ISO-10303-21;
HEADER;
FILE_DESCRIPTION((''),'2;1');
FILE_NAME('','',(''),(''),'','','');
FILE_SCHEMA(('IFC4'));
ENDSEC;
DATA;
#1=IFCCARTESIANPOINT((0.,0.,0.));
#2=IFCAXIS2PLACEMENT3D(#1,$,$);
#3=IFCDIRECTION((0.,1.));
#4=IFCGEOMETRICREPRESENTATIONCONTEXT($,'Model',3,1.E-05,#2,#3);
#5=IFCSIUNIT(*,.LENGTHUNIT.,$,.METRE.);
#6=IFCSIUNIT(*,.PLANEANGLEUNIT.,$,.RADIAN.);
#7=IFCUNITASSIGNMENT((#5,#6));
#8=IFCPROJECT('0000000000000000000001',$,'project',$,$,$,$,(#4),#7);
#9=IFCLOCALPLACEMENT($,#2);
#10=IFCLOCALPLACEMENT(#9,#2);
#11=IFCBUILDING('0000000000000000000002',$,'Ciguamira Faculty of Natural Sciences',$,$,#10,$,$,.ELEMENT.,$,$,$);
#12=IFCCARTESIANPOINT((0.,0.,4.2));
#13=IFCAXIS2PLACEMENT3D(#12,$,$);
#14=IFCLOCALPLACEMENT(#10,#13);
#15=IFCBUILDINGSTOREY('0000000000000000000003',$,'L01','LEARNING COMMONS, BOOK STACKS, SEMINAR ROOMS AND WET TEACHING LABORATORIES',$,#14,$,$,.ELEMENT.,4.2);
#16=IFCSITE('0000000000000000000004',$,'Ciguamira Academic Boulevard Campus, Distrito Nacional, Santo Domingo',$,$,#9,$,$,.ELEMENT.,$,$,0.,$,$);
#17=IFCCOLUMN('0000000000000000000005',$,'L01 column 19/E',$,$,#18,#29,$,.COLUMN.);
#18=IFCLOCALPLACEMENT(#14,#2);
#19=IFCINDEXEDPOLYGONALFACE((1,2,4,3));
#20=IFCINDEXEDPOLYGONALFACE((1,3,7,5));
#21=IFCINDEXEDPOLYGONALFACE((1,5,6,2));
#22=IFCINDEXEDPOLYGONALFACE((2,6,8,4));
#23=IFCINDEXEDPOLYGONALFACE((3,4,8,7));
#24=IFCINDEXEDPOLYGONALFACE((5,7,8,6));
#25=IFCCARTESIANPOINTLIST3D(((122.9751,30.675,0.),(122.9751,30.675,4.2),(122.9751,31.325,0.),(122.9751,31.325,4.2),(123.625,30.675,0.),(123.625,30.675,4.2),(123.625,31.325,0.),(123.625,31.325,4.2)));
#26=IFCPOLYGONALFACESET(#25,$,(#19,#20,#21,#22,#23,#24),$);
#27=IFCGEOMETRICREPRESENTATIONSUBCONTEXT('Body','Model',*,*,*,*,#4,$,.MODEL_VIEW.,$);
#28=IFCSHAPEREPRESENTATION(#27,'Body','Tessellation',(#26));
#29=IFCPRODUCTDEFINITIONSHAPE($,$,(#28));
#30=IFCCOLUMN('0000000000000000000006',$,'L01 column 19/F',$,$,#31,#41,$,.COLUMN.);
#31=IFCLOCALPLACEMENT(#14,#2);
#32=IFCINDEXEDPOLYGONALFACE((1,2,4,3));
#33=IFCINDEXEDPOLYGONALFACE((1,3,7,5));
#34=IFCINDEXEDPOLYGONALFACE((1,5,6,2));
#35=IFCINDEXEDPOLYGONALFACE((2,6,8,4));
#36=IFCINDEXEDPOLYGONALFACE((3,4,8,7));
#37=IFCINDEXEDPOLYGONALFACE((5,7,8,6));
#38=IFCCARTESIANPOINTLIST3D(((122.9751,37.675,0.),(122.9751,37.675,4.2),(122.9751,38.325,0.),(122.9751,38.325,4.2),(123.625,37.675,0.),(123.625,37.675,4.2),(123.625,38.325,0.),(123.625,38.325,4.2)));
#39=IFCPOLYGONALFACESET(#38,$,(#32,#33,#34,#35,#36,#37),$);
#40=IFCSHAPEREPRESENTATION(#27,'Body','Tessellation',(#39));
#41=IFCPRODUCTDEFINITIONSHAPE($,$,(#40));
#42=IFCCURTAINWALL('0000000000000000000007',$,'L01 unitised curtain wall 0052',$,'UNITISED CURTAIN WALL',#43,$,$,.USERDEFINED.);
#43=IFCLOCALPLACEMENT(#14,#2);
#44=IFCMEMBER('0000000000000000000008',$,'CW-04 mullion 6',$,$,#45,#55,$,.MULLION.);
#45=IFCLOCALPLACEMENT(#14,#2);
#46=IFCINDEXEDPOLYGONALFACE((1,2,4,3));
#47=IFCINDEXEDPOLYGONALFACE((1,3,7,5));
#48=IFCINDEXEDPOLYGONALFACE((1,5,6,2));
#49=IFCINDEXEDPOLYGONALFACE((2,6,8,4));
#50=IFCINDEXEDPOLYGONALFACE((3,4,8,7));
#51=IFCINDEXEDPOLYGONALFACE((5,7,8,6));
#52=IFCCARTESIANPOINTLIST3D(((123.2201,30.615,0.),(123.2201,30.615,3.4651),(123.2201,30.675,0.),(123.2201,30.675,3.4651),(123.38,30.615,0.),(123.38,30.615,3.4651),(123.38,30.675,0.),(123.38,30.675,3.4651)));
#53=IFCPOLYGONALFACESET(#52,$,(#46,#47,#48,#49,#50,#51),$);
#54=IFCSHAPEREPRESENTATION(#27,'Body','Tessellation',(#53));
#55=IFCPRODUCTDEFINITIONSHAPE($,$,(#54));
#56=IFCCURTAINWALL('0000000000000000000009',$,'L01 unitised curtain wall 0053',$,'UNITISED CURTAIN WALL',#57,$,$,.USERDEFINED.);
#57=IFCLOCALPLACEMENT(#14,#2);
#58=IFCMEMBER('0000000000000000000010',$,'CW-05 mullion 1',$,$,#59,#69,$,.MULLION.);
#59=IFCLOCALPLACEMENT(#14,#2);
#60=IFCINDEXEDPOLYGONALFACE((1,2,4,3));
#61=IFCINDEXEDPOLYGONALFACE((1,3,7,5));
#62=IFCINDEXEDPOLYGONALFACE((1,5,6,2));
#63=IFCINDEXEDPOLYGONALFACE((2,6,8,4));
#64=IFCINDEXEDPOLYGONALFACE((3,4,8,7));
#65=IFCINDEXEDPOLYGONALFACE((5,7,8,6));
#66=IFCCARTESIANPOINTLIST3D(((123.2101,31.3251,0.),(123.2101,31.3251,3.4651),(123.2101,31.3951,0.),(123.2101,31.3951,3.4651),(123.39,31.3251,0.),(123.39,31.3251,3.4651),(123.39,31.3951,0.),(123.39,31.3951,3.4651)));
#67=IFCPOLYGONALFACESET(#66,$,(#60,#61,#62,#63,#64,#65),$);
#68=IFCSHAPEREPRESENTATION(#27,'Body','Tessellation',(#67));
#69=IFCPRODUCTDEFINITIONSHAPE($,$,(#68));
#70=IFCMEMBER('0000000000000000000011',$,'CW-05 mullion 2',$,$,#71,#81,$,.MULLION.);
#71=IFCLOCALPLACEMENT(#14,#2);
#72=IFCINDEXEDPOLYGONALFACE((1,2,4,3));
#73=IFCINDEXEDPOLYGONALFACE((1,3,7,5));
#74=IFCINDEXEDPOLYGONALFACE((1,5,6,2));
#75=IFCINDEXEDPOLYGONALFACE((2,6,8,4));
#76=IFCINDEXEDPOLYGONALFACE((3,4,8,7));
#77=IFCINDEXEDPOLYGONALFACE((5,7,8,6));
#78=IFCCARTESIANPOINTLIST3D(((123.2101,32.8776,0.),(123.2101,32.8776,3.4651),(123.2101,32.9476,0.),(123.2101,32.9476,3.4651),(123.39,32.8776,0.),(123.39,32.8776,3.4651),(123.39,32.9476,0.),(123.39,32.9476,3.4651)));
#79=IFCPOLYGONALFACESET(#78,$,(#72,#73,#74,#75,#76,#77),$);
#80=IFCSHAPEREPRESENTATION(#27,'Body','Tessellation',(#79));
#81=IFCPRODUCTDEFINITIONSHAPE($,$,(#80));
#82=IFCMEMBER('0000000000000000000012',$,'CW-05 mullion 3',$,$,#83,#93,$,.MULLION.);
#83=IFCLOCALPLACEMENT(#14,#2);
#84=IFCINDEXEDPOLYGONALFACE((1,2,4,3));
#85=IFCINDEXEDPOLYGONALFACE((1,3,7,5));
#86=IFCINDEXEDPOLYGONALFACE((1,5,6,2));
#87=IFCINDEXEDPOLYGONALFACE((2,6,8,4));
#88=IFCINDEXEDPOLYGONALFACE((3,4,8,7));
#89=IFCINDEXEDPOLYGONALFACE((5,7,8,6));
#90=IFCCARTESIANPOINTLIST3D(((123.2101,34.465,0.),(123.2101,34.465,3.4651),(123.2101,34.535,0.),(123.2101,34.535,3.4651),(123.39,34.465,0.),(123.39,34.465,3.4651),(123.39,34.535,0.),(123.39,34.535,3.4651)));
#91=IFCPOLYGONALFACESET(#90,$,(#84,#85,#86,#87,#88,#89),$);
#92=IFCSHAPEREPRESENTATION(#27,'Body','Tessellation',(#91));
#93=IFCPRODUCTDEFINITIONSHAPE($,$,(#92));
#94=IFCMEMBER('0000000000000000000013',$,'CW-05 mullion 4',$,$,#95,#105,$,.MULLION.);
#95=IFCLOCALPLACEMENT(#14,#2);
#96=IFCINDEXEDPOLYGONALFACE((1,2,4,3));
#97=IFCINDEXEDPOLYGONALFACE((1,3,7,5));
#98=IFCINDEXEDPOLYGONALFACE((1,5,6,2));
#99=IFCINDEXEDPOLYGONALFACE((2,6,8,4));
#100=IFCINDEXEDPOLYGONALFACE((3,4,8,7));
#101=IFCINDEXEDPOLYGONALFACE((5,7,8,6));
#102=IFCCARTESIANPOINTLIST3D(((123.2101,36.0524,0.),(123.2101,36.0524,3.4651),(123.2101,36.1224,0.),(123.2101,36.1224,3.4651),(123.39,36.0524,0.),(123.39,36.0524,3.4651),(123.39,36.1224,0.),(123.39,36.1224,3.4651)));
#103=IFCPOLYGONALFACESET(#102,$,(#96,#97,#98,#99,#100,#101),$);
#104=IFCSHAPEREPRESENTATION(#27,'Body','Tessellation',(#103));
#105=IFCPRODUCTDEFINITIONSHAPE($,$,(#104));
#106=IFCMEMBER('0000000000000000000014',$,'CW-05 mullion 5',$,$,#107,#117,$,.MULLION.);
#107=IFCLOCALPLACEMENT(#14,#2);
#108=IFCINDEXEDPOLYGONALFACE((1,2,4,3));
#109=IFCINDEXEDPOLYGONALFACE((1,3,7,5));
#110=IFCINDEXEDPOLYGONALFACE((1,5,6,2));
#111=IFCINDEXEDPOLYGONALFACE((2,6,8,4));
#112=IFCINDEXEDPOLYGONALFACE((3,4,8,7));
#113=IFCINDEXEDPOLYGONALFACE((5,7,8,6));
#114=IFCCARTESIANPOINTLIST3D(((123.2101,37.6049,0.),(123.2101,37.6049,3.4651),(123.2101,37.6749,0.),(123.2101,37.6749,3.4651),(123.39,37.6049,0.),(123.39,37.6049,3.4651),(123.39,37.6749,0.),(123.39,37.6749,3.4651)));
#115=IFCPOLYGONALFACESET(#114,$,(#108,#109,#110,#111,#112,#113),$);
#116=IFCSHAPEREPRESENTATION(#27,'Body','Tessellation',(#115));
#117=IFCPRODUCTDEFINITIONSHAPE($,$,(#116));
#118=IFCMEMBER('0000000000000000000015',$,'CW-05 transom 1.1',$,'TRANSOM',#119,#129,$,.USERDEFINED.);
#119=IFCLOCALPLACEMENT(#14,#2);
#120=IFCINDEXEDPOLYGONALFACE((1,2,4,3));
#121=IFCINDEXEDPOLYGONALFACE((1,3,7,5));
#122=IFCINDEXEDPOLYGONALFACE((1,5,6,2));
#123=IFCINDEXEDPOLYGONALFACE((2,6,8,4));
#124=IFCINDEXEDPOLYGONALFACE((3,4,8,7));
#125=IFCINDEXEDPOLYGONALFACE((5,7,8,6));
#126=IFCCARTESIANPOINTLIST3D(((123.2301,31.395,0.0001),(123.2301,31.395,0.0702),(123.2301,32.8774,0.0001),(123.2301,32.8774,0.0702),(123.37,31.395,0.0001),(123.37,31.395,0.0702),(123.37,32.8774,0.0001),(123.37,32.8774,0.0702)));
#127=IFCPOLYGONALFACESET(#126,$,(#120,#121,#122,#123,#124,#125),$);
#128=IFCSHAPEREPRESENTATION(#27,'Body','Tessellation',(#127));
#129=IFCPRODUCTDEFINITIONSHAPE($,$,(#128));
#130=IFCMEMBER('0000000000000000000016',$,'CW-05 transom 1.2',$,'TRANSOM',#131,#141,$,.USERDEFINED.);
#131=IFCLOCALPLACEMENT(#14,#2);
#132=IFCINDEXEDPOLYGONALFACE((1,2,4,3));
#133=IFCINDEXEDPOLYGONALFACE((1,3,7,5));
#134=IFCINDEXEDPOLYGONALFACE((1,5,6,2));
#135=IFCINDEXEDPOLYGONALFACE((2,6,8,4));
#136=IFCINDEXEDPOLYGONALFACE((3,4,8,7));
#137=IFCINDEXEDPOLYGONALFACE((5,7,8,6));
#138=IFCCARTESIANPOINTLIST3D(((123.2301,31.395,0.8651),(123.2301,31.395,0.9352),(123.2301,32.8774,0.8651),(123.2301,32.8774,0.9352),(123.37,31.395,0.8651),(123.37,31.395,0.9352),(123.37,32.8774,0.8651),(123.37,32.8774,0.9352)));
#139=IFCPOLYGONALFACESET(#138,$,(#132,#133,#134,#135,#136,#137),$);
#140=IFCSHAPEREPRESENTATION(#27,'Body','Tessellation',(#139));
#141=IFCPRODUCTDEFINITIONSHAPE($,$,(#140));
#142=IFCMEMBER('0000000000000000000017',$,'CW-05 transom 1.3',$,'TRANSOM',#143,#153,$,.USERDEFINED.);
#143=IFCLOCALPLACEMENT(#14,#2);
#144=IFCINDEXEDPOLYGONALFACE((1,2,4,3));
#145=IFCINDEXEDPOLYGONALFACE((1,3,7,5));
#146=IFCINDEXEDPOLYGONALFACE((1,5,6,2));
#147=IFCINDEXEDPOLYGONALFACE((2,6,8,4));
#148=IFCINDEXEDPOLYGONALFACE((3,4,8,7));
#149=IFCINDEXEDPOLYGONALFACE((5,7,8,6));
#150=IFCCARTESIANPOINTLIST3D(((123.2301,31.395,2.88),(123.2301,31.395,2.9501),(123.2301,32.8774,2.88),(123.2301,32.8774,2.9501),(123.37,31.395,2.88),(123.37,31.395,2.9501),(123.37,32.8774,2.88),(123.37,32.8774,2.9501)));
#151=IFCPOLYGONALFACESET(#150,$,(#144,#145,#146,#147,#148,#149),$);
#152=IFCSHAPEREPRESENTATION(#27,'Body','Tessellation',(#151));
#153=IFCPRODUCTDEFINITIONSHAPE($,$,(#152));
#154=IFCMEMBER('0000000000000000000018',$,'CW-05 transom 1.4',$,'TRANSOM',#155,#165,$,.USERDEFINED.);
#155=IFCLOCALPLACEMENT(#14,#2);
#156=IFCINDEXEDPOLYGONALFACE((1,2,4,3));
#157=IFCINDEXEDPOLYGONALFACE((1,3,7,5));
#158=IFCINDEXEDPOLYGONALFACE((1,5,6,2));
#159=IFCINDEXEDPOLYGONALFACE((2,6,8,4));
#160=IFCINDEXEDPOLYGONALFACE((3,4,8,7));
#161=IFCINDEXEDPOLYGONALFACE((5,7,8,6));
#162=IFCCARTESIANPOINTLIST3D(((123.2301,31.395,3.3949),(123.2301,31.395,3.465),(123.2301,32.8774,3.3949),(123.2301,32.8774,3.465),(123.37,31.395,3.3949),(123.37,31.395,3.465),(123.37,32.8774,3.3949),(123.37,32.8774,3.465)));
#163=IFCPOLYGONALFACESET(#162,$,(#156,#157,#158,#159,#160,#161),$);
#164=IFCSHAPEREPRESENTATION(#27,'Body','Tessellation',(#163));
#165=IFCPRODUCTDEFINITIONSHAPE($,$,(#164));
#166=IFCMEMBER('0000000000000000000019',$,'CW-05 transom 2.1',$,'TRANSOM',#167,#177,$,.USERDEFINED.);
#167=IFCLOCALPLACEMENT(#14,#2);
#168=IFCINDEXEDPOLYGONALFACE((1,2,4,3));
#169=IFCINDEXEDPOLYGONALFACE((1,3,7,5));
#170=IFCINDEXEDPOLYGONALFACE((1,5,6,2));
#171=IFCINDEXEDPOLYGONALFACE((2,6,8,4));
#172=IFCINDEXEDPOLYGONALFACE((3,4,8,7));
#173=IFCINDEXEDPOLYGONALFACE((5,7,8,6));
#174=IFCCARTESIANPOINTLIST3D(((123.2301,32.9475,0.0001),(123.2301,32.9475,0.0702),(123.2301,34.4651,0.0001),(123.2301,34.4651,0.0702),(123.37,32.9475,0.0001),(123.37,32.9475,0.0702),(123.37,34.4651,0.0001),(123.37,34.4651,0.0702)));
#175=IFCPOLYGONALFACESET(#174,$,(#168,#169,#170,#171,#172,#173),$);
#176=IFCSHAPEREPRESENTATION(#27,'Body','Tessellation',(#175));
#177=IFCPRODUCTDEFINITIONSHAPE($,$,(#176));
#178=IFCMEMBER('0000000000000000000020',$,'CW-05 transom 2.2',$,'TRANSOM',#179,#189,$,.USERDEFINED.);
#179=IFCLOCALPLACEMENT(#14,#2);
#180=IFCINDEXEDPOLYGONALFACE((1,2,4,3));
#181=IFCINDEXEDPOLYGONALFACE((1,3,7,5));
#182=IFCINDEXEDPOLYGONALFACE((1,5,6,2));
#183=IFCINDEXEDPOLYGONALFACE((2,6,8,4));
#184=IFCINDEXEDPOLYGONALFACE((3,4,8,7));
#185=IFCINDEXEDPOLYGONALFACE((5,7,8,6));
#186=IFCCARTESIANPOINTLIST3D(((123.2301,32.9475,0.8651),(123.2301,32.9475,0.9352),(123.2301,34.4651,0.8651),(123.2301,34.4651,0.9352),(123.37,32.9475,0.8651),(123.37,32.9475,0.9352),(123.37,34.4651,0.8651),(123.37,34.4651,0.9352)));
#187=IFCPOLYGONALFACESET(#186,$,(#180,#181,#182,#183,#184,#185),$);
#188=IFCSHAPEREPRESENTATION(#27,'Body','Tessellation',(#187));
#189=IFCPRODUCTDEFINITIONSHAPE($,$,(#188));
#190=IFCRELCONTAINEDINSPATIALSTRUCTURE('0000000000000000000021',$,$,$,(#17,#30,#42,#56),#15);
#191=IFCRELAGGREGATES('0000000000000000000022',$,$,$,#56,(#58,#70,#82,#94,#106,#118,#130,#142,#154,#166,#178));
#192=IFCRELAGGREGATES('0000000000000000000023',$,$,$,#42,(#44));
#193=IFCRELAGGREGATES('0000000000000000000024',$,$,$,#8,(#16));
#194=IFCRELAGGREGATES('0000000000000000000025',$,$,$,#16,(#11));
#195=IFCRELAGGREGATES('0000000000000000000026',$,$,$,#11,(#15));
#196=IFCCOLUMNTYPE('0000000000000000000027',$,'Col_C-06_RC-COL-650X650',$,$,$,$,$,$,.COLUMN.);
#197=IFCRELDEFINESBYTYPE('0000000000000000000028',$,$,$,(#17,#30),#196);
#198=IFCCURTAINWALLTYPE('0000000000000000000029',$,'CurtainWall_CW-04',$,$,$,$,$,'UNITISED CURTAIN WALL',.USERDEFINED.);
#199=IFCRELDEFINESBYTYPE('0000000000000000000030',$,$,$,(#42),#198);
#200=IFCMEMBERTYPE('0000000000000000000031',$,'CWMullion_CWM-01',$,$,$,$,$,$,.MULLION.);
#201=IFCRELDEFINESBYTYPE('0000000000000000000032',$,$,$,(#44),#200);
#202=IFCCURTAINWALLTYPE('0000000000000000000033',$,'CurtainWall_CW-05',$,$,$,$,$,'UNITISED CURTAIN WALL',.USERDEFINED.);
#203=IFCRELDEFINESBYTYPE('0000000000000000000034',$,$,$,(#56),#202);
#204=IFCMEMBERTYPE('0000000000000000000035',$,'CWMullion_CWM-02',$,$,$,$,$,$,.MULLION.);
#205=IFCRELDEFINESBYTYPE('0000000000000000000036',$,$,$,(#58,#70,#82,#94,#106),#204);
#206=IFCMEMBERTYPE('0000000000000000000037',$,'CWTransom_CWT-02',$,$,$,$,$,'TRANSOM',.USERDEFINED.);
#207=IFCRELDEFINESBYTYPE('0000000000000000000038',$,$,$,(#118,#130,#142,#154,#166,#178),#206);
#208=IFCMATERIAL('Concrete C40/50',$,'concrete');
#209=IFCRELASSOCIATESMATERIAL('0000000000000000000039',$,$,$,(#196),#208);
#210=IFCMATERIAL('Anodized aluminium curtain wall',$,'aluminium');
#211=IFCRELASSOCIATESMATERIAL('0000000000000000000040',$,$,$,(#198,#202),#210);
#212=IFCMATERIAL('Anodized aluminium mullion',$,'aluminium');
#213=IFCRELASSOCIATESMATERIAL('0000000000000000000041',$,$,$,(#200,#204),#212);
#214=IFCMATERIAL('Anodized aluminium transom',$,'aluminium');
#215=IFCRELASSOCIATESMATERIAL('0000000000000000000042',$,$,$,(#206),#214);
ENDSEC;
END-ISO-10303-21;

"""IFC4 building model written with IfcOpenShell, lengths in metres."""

from ifc_helpers import new_model, si_unit, direction, frame, origin, origin_2d, place, context, subcontext, project, spatial, rectangle, extrude, material, material_profile, profile_set, type_object, element, aggregate, save


model = new_model("IFC4")

# Units and contexts
model_context = context("Model", 3, precision=1e-05, world=origin(), true_north=direction((0.0, 1.0)))
body_context = subcontext(model_context, "Body", "Model", "MODEL_VIEW")
ifc_project = project(units=[si_unit("LENGTHUNIT", "METRE"), si_unit("PLANEANGLEUNIT", "RADIAN")], contexts=[model_context])

# Site, building, storey
site_placement = place(None, origin())
site = spatial("IfcSite", under=ifc_project, at=site_placement, Name="Ciguamira Academic Boulevard Campus, Distrito Nacional, Santo Domingo", CompositionType="ELEMENT", RefElevation=0.0)
building_placement = place(site_placement, origin())
building = spatial("IfcBuilding", under=site, at=building_placement, Name="Ciguamira Faculty of Natural Sciences", CompositionType="ELEMENT")
storey_placement = place(building_placement, frame((0.0, 0.0, 4.2)))
storey = spatial("IfcBuildingStorey", under=building, at=storey_placement, Name="L01", Description="LEARNING COMMONS, BOOK STACKS, SEMINAR ROOMS AND WET TEACHING LABORATORIES", CompositionType="ELEMENT", Elevation=4.2)

# Columns
ifc_material_1 = material(Name="Concrete C40/50", Category="concrete")
ifc_material_profile_1 = material_profile(ifc_material_1, rectangle(XDim=0.6499, YDim=0.6499, at=origin_2d()), Name="RC-COL-650X650")
ifc_profile_set_1 = profile_set([ifc_material_profile_1], Name="Concrete C40/50")
column_type = type_object("IfcColumnType", Name="Col_C-06_RC-COL-650X650", PredefinedType="COLUMN", material=ifc_profile_set_1)
for number, where, z_axis, x_axis, name in (
    (1, (123.3, 31.0, 0.0), (0.0, 0.0, 1.0), (1.0, 0.0, 0.0), "L01 column 19/E"),
    (2, (123.3, 38.0, 0.0), (0.0, 0.0, 1.0), (1.0, 0.0, 0.0), "L01 column 19/F"),
):
    element("IfcColumn", number, at=place(storey_placement, frame(where, z_axis=z_axis, x_axis=x_axis)), inside=storey, type_object=column_type, Name=name, PredefinedType="COLUMN", context=body_context, shape_type="SweptSolid", body=[
        extrude(rectangle(XDim=0.6499, YDim=0.6499, at=origin_2d()), origin(), (0.0, 0.0, 1.0), 4.2),
    ])

# Curtain wall, member
ifc_material_2 = material(Name="Anodized aluminium curtain wall", Category="aluminium")
curtain_wall_type_1 = type_object("IfcCurtainWallType", Name="CurtainWall_CW-04", ElementType="UNITISED CURTAIN WALL", PredefinedType="USERDEFINED", material=ifc_material_2)
curtain_wall_1_placement = place(storey_placement, origin())
curtain_wall_1 = element("IfcCurtainWall", 3, at=curtain_wall_1_placement, inside=storey, type_object=curtain_wall_type_1, Name="L01 unitised curtain wall 0052", ObjectType="UNITISED CURTAIN WALL", PredefinedType="USERDEFINED")
ifc_material_3 = material(Name="Anodized aluminium mullion", Category="aluminium")
ifc_material_profile_2 = material_profile(ifc_material_3, rectangle(XDim=0.0601, YDim=0.1599, at=origin_2d()), Name="ALU-MUL-60X160")
ifc_profile_set_2 = profile_set([ifc_material_profile_2], Name="Anodized aluminium mullion")
member_type_1 = type_object("IfcMemberType", Name="CWMullion_CWM-01", PredefinedType="MULLION", material=ifc_profile_set_2)
member_1_placement = place(storey_placement, frame((123.3, 30.645, 0.0), z_axis=(0.0, 0.0, 1.0), x_axis=(0.0, 1.0, 0.0)))
member_1 = element("IfcMember", 4, at=member_1_placement, type_object=member_type_1, Name="CW-04 mullion 6", PredefinedType="MULLION", context=body_context, shape_type="SweptSolid", body=[
    extrude(rectangle(XDim=0.0601, YDim=0.1599, at=origin_2d()), origin(), (0.0, 0.0, 1.0), 3.4651),
])

# Curtain wall, members
curtain_wall_type_2 = type_object("IfcCurtainWallType", Name="CurtainWall_CW-05", ElementType="UNITISED CURTAIN WALL", PredefinedType="USERDEFINED", material=ifc_material_2)
curtain_wall_2_placement = place(storey_placement, origin())
curtain_wall_2 = element("IfcCurtainWall", 5, at=curtain_wall_2_placement, inside=storey, type_object=curtain_wall_type_2, Name="L01 unitised curtain wall 0053", ObjectType="UNITISED CURTAIN WALL", PredefinedType="USERDEFINED")
ifc_material_profile_3 = material_profile(ifc_material_3, rectangle(XDim=0.0701, YDim=0.1799, at=origin_2d()), Name="ALU-MUL-70X180")
ifc_profile_set_3 = profile_set([ifc_material_profile_3], Name="Anodized aluminium mullion")
member_type_2 = type_object("IfcMemberType", Name="CWMullion_CWM-02", PredefinedType="MULLION", material=ifc_profile_set_3)
member_2_placement = place(storey_placement, frame((123.3, 31.3601, 0.0), z_axis=(0.0, 0.0, 1.0), x_axis=(0.0, 1.0, 0.0)))
member_2 = element("IfcMember", 6, at=member_2_placement, type_object=member_type_2, Name="CW-05 mullion 1", PredefinedType="MULLION", context=body_context, shape_type="SweptSolid", body=[
    extrude(rectangle(XDim=0.0701, YDim=0.1799, at=origin_2d()), origin(), (0.0, 0.0, 1.0), 3.4651),
])
member_3_placement = place(storey_placement, frame((123.3, 32.9126, 0.0), z_axis=(0.0, 0.0, 1.0), x_axis=(0.0, 1.0, 0.0)))
member_3 = element("IfcMember", 7, at=member_3_placement, type_object=member_type_2, Name="CW-05 mullion 2", PredefinedType="MULLION", context=body_context, shape_type="SweptSolid", body=[
    extrude(rectangle(XDim=0.0701, YDim=0.1799, at=origin_2d()), origin(), (0.0, 0.0, 1.0), 3.4651),
])
member_4_placement = place(storey_placement, frame((123.3, 34.5, 0.0), z_axis=(0.0, 0.0, 1.0), x_axis=(0.0, 1.0, 0.0)))
member_4 = element("IfcMember", 8, at=member_4_placement, type_object=member_type_2, Name="CW-05 mullion 3", PredefinedType="MULLION", context=body_context, shape_type="SweptSolid", body=[
    extrude(rectangle(XDim=0.0701, YDim=0.1799, at=origin_2d()), origin(), (0.0, 0.0, 1.0), 3.4651),
])
member_5_placement = place(storey_placement, frame((123.3, 36.0874, 0.0), z_axis=(0.0, 0.0, 1.0), x_axis=(0.0, 1.0, 0.0)))
member_5 = element("IfcMember", 9, at=member_5_placement, type_object=member_type_2, Name="CW-05 mullion 4", PredefinedType="MULLION", context=body_context, shape_type="SweptSolid", body=[
    extrude(rectangle(XDim=0.0701, YDim=0.1799, at=origin_2d()), origin(), (0.0, 0.0, 1.0), 3.4651),
])
member_6_placement = place(storey_placement, frame((123.3, 37.6399, 0.0), z_axis=(0.0, 0.0, 1.0), x_axis=(0.0, 1.0, 0.0)))
member_6 = element("IfcMember", 10, at=member_6_placement, type_object=member_type_2, Name="CW-05 mullion 5", PredefinedType="MULLION", context=body_context, shape_type="SweptSolid", body=[
    extrude(rectangle(XDim=0.0701, YDim=0.1799, at=origin_2d()), origin(), (0.0, 0.0, 1.0), 3.4651),
])
ifc_material_4 = material(Name="Anodized aluminium transom", Category="aluminium")
ifc_material_profile_4 = material_profile(ifc_material_4, rectangle(XDim=0.0701, YDim=0.1399, at=origin_2d()), Name="ALU-TRN-70X140")
ifc_profile_set_4 = profile_set([ifc_material_profile_4], Name="Anodized aluminium transom")
member_type_3 = type_object("IfcMemberType", Name="CWTransom_CWT-02", ElementType="TRANSOM", PredefinedType="USERDEFINED", material=ifc_profile_set_4)
member_7_placement = place(storey_placement, frame((123.3, 31.395, 0.0352), z_axis=(0.0, 1.0, 0.0), x_axis=(0.0, 0.0, 1.0)))
member_7 = element("IfcMember", 11, at=member_7_placement, type_object=member_type_3, Name="CW-05 transom 1.1", ObjectType="TRANSOM", PredefinedType="USERDEFINED", context=body_context, shape_type="SweptSolid", body=[
    extrude(rectangle(XDim=0.0701, YDim=0.1399, at=origin_2d()), origin(), (0.0, 0.0, 1.0), 1.4824),
])
member_8_placement = place(storey_placement, frame((123.3, 31.395, 0.9001), z_axis=(0.0, 1.0, 0.0), x_axis=(0.0, 0.0, 1.0)))
member_8 = element("IfcMember", 12, at=member_8_placement, type_object=member_type_3, Name="CW-05 transom 1.2", ObjectType="TRANSOM", PredefinedType="USERDEFINED", context=body_context, shape_type="SweptSolid", body=[
    extrude(rectangle(XDim=0.0701, YDim=0.1399, at=origin_2d()), origin(), (0.0, 0.0, 1.0), 1.4824),
])
member_9_placement = place(storey_placement, frame((123.3, 31.395, 2.915), z_axis=(0.0, 1.0, 0.0), x_axis=(0.0, 0.0, 1.0)))
member_9 = element("IfcMember", 13, at=member_9_placement, type_object=member_type_3, Name="CW-05 transom 1.3", ObjectType="TRANSOM", PredefinedType="USERDEFINED", context=body_context, shape_type="SweptSolid", body=[
    extrude(rectangle(XDim=0.0701, YDim=0.1399, at=origin_2d()), origin(), (0.0, 0.0, 1.0), 1.4824),
])
member_10_placement = place(storey_placement, frame((123.3, 31.395, 3.4299), z_axis=(0.0, 1.0, 0.0), x_axis=(0.0, 0.0, 1.0)))
member_10 = element("IfcMember", 14, at=member_10_placement, type_object=member_type_3, Name="CW-05 transom 1.4", ObjectType="TRANSOM", PredefinedType="USERDEFINED", context=body_context, shape_type="SweptSolid", body=[
    extrude(rectangle(XDim=0.0701, YDim=0.1399, at=origin_2d()), origin(), (0.0, 0.0, 1.0), 1.4824),
])
member_11_placement = place(storey_placement, frame((123.3, 32.9475, 0.0352), z_axis=(0.0, 1.0, 0.0), x_axis=(0.0, 0.0, 1.0)))
member_11 = element("IfcMember", 15, at=member_11_placement, type_object=member_type_3, Name="CW-05 transom 2.1", ObjectType="TRANSOM", PredefinedType="USERDEFINED", context=body_context, shape_type="SweptSolid", body=[
    extrude(rectangle(XDim=0.0701, YDim=0.1399, at=origin_2d()), origin(), (0.0, 0.0, 1.0), 1.5176),
])
member_12_placement = place(storey_placement, frame((123.3, 32.9475, 0.9001), z_axis=(0.0, 1.0, 0.0), x_axis=(0.0, 0.0, 1.0)))
member_12 = element("IfcMember", 16, at=member_12_placement, type_object=member_type_3, Name="CW-05 transom 2.2", ObjectType="TRANSOM", PredefinedType="USERDEFINED", context=body_context, shape_type="SweptSolid", body=[
    extrude(rectangle(XDim=0.0701, YDim=0.1399, at=origin_2d()), origin(), (0.0, 0.0, 1.0), 1.5176),
])

aggregate(curtain_wall_2, [member_2, member_3, member_4, member_5, member_6, member_7, member_8, member_9, member_10, member_11, member_12])
aggregate(curtain_wall_1, [member_1])

save(model, "model.ifc")
